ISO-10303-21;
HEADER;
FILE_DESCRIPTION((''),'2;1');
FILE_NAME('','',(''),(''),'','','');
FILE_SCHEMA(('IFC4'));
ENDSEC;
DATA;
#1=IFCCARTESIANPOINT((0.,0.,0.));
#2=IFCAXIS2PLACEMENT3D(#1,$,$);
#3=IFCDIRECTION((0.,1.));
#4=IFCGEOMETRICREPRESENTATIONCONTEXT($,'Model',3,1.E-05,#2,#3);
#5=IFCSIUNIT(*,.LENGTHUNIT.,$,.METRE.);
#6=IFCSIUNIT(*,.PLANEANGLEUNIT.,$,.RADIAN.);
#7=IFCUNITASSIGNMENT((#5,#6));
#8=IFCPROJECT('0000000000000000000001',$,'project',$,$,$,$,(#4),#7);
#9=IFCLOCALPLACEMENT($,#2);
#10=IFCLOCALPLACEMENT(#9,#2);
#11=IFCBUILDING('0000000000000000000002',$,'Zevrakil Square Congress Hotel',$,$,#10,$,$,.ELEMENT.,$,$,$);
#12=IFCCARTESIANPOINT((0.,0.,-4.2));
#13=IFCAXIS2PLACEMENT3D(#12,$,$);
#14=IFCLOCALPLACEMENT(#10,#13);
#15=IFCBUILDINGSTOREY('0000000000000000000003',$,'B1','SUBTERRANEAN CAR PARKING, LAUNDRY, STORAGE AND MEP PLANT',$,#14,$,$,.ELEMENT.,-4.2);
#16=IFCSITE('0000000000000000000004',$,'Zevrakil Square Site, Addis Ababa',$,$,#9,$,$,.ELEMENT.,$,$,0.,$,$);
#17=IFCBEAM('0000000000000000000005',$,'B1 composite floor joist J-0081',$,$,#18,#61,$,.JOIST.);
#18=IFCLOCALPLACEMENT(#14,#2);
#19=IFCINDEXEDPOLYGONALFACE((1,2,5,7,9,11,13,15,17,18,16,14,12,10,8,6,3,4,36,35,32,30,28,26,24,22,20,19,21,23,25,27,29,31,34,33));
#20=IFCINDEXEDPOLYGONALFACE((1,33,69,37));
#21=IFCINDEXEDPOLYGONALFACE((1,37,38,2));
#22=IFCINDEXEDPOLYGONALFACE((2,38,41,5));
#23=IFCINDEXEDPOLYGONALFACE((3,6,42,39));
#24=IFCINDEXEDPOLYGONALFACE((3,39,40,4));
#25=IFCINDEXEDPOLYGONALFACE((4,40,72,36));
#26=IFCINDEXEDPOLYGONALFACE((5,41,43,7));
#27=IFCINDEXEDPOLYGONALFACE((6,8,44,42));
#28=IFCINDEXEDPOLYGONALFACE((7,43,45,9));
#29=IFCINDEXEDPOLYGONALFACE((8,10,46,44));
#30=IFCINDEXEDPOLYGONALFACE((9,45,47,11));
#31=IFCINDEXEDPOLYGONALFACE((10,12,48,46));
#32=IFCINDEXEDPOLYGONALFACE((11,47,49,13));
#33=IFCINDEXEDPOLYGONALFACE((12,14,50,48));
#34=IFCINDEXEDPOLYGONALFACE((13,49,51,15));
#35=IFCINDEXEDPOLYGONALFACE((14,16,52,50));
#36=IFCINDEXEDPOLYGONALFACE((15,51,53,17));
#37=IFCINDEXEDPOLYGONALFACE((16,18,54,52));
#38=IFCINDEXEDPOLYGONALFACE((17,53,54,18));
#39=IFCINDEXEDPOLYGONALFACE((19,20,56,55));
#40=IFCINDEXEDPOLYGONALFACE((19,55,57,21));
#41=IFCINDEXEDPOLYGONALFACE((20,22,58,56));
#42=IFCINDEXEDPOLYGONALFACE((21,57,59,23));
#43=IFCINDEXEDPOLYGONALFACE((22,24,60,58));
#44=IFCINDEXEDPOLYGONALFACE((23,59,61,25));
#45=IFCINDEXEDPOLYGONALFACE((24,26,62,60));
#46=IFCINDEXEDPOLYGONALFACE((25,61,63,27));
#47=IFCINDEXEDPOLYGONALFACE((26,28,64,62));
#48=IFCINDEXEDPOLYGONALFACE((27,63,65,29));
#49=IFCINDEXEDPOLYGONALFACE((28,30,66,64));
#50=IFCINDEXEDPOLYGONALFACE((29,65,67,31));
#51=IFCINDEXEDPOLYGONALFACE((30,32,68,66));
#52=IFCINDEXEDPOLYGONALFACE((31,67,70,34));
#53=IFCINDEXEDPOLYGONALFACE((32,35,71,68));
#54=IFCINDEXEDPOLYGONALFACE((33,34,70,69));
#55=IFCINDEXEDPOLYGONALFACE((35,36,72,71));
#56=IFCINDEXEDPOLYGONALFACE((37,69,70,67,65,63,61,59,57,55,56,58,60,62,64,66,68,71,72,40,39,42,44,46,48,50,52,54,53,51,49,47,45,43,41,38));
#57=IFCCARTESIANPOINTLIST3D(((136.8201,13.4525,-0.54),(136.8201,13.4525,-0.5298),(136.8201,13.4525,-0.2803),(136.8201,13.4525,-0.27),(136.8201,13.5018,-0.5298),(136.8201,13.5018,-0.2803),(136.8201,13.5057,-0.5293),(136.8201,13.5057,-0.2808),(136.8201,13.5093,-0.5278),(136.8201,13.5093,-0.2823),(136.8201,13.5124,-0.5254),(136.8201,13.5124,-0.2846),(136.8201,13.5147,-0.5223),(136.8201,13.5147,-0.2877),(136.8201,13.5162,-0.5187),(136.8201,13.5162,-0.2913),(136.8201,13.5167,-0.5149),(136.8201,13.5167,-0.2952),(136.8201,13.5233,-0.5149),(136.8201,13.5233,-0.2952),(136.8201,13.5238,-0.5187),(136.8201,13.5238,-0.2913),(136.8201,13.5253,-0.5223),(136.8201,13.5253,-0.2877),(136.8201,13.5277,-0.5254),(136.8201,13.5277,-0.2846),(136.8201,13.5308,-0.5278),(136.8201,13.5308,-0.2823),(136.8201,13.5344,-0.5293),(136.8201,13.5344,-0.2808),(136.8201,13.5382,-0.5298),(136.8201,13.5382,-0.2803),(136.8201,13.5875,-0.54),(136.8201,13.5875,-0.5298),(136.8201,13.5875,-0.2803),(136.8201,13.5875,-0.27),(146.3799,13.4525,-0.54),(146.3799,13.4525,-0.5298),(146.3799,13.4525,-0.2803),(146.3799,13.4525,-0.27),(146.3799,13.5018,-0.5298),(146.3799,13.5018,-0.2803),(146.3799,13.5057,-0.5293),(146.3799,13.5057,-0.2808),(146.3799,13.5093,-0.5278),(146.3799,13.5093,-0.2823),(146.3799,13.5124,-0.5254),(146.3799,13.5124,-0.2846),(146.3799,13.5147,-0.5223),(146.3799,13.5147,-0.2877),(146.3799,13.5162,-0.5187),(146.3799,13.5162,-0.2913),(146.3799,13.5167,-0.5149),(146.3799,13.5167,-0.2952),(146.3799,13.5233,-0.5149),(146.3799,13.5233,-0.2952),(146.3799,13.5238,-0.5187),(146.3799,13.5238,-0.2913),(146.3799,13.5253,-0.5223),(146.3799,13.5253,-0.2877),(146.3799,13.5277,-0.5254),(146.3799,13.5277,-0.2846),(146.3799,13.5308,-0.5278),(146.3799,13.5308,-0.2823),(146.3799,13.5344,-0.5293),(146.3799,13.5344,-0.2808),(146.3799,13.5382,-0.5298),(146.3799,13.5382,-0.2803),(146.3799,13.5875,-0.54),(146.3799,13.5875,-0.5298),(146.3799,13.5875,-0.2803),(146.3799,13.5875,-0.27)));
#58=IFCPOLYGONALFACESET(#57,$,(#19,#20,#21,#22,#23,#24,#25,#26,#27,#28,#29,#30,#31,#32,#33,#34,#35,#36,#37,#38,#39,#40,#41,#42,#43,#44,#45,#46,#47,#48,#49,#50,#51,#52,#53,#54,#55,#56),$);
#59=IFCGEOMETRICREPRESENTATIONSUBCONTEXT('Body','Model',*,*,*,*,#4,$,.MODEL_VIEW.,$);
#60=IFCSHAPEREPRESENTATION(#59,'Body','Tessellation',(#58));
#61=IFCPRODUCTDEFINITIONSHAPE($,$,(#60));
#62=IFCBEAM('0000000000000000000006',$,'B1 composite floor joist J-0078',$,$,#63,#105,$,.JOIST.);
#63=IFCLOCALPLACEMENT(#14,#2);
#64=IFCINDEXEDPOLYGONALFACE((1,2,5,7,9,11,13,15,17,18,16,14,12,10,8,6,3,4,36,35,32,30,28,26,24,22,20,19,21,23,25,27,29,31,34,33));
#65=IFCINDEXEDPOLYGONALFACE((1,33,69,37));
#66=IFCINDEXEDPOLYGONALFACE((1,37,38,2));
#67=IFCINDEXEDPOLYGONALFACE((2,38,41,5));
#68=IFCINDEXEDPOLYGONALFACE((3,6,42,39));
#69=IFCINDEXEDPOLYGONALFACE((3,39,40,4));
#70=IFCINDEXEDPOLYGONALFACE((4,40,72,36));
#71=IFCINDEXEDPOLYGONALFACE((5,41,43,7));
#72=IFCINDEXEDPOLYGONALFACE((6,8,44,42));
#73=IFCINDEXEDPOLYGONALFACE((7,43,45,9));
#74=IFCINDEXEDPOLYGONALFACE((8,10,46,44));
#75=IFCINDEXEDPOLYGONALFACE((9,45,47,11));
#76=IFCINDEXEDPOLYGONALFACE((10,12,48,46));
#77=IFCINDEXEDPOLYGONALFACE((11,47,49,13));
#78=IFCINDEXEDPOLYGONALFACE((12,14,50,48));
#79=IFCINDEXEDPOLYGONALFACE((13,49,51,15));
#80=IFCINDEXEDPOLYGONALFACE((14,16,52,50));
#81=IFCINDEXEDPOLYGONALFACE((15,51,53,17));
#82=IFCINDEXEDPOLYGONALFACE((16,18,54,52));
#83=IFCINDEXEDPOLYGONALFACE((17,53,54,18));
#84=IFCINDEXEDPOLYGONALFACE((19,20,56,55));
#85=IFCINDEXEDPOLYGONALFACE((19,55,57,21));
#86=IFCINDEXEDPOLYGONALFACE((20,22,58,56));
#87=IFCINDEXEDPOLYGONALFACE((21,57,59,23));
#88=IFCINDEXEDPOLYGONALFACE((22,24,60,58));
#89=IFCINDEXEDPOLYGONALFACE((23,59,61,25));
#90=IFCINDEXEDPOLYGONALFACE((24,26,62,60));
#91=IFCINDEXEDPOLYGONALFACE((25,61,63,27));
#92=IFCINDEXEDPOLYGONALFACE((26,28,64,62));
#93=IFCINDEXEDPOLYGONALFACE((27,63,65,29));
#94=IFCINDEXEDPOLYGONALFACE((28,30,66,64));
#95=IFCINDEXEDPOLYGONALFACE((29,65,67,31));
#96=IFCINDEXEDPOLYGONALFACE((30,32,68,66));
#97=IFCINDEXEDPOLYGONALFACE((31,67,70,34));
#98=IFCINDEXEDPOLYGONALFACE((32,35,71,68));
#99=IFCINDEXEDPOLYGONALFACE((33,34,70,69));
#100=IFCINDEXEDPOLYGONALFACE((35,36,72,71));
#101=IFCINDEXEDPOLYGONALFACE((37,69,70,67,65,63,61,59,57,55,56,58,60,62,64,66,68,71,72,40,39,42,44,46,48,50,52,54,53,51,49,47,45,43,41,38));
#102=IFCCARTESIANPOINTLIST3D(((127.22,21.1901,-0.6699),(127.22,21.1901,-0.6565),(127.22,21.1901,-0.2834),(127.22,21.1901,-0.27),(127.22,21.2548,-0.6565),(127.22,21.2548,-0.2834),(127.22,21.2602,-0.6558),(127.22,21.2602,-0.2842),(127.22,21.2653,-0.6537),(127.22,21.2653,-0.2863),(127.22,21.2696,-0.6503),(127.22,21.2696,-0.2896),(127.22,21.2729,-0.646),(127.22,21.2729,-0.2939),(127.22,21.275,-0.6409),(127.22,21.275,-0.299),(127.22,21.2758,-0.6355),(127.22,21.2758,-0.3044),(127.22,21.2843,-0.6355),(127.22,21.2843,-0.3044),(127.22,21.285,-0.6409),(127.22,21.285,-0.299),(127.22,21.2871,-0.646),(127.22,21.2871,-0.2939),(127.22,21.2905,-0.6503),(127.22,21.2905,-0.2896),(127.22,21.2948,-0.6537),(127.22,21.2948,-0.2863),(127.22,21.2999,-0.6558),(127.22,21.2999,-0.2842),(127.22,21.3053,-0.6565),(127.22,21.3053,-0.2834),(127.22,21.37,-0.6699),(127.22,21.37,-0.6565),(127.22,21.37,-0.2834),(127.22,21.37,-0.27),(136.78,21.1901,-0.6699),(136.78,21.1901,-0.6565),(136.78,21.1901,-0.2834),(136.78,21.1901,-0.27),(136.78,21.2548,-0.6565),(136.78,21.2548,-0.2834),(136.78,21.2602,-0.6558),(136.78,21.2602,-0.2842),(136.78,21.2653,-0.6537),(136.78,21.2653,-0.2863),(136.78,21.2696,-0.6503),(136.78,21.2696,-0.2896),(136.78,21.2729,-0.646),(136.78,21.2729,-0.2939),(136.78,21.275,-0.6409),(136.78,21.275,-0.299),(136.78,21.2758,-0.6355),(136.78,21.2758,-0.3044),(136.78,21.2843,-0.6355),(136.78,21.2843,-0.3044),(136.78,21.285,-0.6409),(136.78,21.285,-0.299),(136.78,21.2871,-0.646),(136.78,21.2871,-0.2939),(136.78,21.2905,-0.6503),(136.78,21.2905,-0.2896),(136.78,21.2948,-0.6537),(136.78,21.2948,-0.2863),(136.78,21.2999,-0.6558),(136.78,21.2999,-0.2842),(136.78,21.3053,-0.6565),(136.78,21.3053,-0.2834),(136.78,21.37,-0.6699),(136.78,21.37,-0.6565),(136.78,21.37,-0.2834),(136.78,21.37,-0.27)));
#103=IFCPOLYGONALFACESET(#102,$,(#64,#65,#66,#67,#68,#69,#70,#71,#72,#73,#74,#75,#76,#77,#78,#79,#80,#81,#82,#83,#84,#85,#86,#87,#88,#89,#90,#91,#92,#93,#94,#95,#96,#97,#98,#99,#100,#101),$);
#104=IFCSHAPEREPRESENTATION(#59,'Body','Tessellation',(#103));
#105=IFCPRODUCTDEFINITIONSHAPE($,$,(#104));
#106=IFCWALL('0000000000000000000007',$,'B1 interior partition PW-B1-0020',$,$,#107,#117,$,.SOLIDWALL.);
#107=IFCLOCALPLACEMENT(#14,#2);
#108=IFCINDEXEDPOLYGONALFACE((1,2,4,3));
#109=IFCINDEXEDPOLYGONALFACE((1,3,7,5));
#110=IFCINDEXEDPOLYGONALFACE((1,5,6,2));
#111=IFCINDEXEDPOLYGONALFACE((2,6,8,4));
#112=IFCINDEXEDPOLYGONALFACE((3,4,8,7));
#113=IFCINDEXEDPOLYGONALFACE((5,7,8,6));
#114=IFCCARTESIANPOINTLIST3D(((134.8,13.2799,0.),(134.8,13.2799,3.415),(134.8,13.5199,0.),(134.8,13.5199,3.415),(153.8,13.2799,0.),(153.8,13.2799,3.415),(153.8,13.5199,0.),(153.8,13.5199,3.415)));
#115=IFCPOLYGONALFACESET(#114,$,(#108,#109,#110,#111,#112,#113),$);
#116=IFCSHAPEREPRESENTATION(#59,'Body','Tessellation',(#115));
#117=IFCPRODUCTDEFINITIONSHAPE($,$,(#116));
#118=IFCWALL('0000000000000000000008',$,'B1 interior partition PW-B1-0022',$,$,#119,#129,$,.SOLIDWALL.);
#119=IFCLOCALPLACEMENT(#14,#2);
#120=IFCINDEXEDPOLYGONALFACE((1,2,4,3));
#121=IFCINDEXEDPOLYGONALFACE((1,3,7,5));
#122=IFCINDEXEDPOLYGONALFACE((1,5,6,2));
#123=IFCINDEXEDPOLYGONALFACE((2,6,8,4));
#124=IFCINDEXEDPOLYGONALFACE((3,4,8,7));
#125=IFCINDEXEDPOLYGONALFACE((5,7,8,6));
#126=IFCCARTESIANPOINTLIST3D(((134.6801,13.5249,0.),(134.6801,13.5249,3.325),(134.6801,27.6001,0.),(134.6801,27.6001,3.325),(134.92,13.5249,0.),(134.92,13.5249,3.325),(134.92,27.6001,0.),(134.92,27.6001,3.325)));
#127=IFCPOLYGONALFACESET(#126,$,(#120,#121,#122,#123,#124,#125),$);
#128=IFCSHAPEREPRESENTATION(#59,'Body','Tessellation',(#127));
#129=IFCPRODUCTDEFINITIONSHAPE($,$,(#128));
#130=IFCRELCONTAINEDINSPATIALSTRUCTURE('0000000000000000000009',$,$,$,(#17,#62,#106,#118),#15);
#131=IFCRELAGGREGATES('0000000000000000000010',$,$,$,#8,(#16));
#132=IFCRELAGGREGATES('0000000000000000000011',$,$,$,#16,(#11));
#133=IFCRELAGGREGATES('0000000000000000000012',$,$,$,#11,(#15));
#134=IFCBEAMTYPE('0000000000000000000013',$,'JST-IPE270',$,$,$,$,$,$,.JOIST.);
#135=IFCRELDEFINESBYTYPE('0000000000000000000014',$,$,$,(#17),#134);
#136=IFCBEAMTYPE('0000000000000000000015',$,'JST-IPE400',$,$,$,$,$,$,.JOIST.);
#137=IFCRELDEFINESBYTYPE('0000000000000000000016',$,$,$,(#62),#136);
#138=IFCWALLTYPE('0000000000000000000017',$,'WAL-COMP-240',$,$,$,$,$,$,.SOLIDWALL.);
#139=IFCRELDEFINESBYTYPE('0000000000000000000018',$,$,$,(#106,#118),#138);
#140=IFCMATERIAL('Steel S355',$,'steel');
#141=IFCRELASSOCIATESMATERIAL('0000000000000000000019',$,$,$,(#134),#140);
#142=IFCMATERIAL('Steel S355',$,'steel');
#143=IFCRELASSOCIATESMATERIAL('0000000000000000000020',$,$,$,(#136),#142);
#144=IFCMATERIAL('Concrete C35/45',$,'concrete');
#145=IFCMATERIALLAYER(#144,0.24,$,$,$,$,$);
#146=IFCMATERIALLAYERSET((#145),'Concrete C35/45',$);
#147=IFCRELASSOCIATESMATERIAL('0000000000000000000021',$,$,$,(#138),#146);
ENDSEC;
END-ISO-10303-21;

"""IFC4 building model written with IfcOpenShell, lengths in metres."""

from ifc_helpers import new_model, si_unit, direction, frame, frame_2d, origin, origin_2d, place, context, subcontext, project, spatial, rectangle, i_section, extrude, material, layer, layer_set, material_profile, profile_set, type_object, element, save


model = new_model("IFC4")

# Units and contexts
model_context = context("Model", 3, precision=1e-05, world=origin(), true_north=direction((0.0, 1.0)))
body_context = subcontext(model_context, "Body", "Model", "MODEL_VIEW")
ifc_project = project(units=[si_unit("LENGTHUNIT", "METRE"), si_unit("PLANEANGLEUNIT", "RADIAN")], contexts=[model_context])

# Site, building, storey
site_placement = place(None, origin())
site = spatial("IfcSite", under=ifc_project, at=site_placement, Name="Zevrakil Square Site, Addis Ababa", CompositionType="ELEMENT", RefElevation=0.0)
building_placement = place(site_placement, origin())
building = spatial("IfcBuilding", under=site, at=building_placement, Name="Zevrakil Square Congress Hotel", CompositionType="ELEMENT")
storey_placement = place(building_placement, frame((0.0, 0.0, -4.2)))
storey = spatial("IfcBuildingStorey", under=building, at=storey_placement, Name="B1", Description="SUBTERRANEAN CAR PARKING, LAUNDRY, STORAGE AND MEP PLANT", CompositionType="ELEMENT", Elevation=-4.2)

# Beams
ifc_material_1 = material(Name="Steel S355", Category="steel")
ifc_material_profile_1 = material_profile(ifc_material_1, i_section(OverallWidth=0.135, OverallDepth=0.27, WebThickness=0.0066, FlangeThickness=0.0103, FilletRadius=0.0149, at=origin_2d()), Name="IPE 270")
ifc_profile_set_1 = profile_set([ifc_material_profile_1], Name="Steel S355")
beam_type_1 = type_object("IfcBeamType", Name="JST-IPE270", PredefinedType="JOIST", material=ifc_profile_set_1)
beam_1_placement = place(storey_placement, frame((136.8201, 13.52, -0.405), z_axis=(1.0, 0.0, 0.0), x_axis=(0.0, 1.0, 0.0)))
element("IfcBeam", 1, at=beam_1_placement, inside=storey, type_object=beam_type_1, Name="B1 composite floor joist J-0081", PredefinedType="JOIST", context=body_context, shape_type="SweptSolid", body=[
    extrude(i_section(OverallWidth=0.135, OverallDepth=0.27, WebThickness=0.0066, FlangeThickness=0.0103, FilletRadius=0.0149, at=origin_2d()), origin(), (0.0, 0.0, 1.0), 9.5598),
])
ifc_material_2 = material(Name="Steel S355", Category="steel")
ifc_material_profile_2 = material_profile(ifc_material_2, i_section(OverallWidth=0.1799, OverallDepth=0.3999, WebThickness=0.0085, FlangeThickness=0.0134, FilletRadius=0.021, at=origin_2d()), Name="IPE 400")
ifc_profile_set_2 = profile_set([ifc_material_profile_2], Name="Steel S355")
beam_type_2 = type_object("IfcBeamType", Name="JST-IPE400", PredefinedType="JOIST", material=ifc_profile_set_2)
beam_2_placement = place(storey_placement, frame((127.22, 21.28, -0.47), z_axis=(1.0, 0.0, 0.0), x_axis=(0.0, 1.0, 0.0)))
element("IfcBeam", 2, at=beam_2_placement, inside=storey, type_object=beam_type_2, Name="B1 composite floor joist J-0078", PredefinedType="JOIST", context=body_context, shape_type="SweptSolid", body=[
    extrude(i_section(OverallWidth=0.1799, OverallDepth=0.3999, WebThickness=0.0085, FlangeThickness=0.0134, FilletRadius=0.021, at=origin_2d()), origin(), (0.0, 0.0, 1.0), 9.5601),
])

# Walls
ifc_material_3 = material(Name="Concrete C35/45", Category="concrete")
ifc_layer = layer(ifc_material_3, 0.24)
ifc_layer_set = layer_set([ifc_layer], Name="Concrete C35/45")
wall_type = type_object("IfcWallType", Name="WAL-COMP-240", PredefinedType="SOLIDWALL", material=ifc_layer_set)
wall_1_placement = place(storey_placement, frame((134.8, 13.3999, 0.0), z_axis=(0.0, 0.0, 1.0), x_axis=(1.0, 0.0, 0.0)))
element("IfcWall", 3, at=wall_1_placement, inside=storey, type_object=wall_type, Name="B1 interior partition PW-B1-0020", PredefinedType="SOLIDWALL", context=body_context, shape_type="SweptSolid", body=[
    extrude(rectangle(XDim=19.0, YDim=0.24, at=frame_2d((9.5, 0.0))), origin(), (0.0, 0.0, 1.0), 3.415),
])
wall_2_placement = place(storey_placement, frame((134.8, 13.5249, 0.0), z_axis=(0.0, 0.0, 1.0), x_axis=(0.0, 1.0, 0.0)))
element("IfcWall", 4, at=wall_2_placement, inside=storey, type_object=wall_type, Name="B1 interior partition PW-B1-0022", PredefinedType="SOLIDWALL", context=body_context, shape_type="SweptSolid", body=[
    extrude(rectangle(XDim=14.0752, YDim=0.24, at=frame_2d((7.0376, 0.0))), origin(), (0.0, 0.0, 1.0), 3.325),
])

save(model, "model.ifc")
